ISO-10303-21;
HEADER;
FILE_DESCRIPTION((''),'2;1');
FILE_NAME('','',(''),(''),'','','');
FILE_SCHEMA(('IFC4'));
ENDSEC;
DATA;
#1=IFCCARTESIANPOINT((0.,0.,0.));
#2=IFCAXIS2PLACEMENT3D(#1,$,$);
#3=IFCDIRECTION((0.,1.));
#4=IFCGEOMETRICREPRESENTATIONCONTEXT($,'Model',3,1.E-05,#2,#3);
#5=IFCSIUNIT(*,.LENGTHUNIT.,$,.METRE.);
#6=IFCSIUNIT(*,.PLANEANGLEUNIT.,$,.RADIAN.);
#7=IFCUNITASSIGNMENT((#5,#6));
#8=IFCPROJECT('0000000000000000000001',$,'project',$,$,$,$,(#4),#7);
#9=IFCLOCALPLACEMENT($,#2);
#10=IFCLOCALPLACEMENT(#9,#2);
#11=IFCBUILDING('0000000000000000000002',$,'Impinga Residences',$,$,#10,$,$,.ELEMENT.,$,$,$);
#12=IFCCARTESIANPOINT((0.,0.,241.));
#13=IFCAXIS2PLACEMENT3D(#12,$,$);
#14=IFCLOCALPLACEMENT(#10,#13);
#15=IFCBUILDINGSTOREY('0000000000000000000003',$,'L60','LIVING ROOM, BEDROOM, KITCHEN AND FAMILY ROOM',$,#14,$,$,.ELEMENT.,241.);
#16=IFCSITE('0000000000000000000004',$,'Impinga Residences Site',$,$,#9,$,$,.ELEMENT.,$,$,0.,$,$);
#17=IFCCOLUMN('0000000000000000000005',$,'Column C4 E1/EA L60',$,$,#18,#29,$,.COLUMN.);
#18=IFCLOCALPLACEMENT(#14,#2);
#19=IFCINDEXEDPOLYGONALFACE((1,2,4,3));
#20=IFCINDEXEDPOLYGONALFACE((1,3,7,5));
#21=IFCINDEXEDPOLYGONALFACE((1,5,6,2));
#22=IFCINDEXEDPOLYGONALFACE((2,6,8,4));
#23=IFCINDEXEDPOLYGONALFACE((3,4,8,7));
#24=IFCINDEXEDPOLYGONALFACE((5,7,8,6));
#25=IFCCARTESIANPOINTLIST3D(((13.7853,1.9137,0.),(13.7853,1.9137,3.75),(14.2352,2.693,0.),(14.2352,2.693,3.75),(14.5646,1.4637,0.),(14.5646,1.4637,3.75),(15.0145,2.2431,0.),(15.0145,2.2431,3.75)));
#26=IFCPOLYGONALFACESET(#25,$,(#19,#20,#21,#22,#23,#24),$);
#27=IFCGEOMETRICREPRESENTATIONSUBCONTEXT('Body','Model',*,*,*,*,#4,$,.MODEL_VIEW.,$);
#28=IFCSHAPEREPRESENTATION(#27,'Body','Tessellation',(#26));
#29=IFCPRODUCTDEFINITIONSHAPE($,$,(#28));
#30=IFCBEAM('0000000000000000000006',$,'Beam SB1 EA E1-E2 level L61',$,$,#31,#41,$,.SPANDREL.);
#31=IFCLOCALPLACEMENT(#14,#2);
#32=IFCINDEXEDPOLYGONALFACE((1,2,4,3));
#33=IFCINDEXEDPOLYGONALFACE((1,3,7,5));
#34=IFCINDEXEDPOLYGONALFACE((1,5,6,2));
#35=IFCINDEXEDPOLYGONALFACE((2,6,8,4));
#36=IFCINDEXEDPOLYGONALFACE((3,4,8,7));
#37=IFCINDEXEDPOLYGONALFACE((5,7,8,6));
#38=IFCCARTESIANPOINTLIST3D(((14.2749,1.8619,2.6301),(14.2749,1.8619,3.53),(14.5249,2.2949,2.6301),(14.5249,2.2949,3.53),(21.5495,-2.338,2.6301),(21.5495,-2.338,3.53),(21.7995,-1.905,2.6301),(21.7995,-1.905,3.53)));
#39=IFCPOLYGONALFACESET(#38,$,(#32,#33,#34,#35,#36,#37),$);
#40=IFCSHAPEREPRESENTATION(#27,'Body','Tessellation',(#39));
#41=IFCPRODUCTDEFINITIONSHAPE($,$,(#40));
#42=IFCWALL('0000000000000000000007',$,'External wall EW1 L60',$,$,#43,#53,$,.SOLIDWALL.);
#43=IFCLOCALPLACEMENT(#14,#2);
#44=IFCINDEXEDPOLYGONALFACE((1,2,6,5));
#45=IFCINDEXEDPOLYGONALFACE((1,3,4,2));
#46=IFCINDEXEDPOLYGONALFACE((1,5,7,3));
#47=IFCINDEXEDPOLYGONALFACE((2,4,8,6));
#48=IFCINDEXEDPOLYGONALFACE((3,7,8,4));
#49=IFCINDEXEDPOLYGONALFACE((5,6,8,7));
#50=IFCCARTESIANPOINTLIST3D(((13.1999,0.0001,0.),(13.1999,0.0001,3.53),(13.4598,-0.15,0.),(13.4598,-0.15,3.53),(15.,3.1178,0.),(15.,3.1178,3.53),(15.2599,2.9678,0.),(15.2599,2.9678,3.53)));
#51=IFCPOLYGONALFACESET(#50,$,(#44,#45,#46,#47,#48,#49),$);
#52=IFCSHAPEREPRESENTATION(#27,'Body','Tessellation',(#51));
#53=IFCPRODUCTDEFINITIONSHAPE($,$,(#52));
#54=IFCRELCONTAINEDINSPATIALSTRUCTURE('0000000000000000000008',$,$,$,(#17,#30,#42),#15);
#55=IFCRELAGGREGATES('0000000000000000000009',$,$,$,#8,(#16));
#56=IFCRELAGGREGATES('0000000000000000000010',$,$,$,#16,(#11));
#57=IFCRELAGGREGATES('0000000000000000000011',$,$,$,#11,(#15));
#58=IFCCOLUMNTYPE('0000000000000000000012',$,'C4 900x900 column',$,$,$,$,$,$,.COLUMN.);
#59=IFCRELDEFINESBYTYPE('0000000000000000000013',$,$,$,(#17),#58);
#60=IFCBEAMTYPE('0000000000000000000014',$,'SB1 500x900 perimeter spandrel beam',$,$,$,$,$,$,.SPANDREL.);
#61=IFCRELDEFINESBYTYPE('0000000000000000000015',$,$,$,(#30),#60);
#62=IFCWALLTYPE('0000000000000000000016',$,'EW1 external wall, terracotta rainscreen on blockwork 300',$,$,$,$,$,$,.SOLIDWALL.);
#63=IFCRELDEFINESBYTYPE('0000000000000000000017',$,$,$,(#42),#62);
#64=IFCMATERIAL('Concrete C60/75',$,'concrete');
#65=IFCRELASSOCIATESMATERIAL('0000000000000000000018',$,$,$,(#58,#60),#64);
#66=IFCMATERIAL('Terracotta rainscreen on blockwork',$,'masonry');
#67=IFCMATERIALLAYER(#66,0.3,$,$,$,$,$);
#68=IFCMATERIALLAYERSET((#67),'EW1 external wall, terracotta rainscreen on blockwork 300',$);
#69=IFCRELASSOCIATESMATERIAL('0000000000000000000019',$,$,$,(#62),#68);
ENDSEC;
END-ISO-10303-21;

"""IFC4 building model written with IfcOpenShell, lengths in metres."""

from ifc_helpers import new_model, si_unit, direction, frame, frame_2d, origin, origin_2d, place, context, subcontext, project, spatial, rectangle, extrude, material, layer, layer_set, material_profile, profile_set, type_object, element, save


model = new_model("IFC4")

# Units and contexts
model_context = context("Model", 3, precision=1e-05, world=origin(), true_north=direction((0.0, 1.0)))
body_context = subcontext(model_context, "Body", "Model", "MODEL_VIEW")
ifc_project = project(units=[si_unit("LENGTHUNIT", "METRE"), si_unit("PLANEANGLEUNIT", "RADIAN")], contexts=[model_context])

# Site, building, storey
site_placement = place(None, origin())
site = spatial("IfcSite", under=ifc_project, at=site_placement, Name="Impinga Residences Site", CompositionType="ELEMENT", RefElevation=0.0)
building_placement = place(site_placement, origin())
building = spatial("IfcBuilding", under=site, at=building_placement, Name="Impinga Residences", CompositionType="ELEMENT")
storey_placement = place(building_placement, frame((0.0, 0.0, 241.0)))
storey = spatial("IfcBuildingStorey", under=building, at=storey_placement, Name="L60", Description="LIVING ROOM, BEDROOM, KITCHEN AND FAMILY ROOM", CompositionType="ELEMENT", Elevation=241.0)

# Column
ifc_material_1 = material(Name="Concrete C60/75", Category="concrete")
ifc_material_profile_1 = material_profile(ifc_material_1, rectangle(XDim=0.8999, YDim=0.8999, at=origin_2d()), Name="RC 900x900")
ifc_profile_set_1 = profile_set([ifc_material_profile_1], Name="Concrete C60/75")
column_type = type_object("IfcColumnType", Name="C4 900x900 column", PredefinedType="COLUMN", material=ifc_profile_set_1)
column_placement = place(storey_placement, frame((14.3999, 2.0784, 0.0), z_axis=(0.0, 0.0, 1.0), x_axis=(-0.5, -0.866025, 0.0)))
element("IfcColumn", 1, at=column_placement, inside=storey, type_object=column_type, Name="Column C4 E1/EA L60", PredefinedType="COLUMN", context=body_context, shape_type="SweptSolid", body=[
    extrude(rectangle(XDim=0.8999, YDim=0.8999, at=origin_2d()), origin(), (0.0, 0.0, 1.0), 3.75),
])

# Beam
ifc_material_profile_2 = material_profile(ifc_material_1, rectangle(XDim=0.5, YDim=0.8999, at=origin_2d()), Name="RC 500x900")
ifc_profile_set_2 = profile_set([ifc_material_profile_2], Name="Concrete C60/75")
beam_type = type_object("IfcBeamType", Name="SB1 500x900 perimeter spandrel beam", PredefinedType="SPANDREL", material=ifc_profile_set_2)
beam_placement = place(storey_placement, frame((14.3999, 2.0784, 3.0801), z_axis=(0.866029, -0.499993, 0.0), x_axis=(0.499993, 0.866029, 0.0)))
element("IfcBeam", 2, at=beam_placement, inside=storey, type_object=beam_type, Name="Beam SB1 EA E1-E2 level L61", PredefinedType="SPANDREL", context=body_context, shape_type="SweptSolid", body=[
    extrude(rectangle(XDim=0.5, YDim=0.8999, at=origin_2d()), origin(), (0.0, 0.0, 1.0), 8.3999),
])

# Wall
ifc_material_2 = material(Name="Terracotta rainscreen on blockwork", Category="masonry")
ifc_layer_1 = layer(ifc_material_2, 0.3)
ifc_layer_set_1 = layer_set([ifc_layer_1], Name="EW1 external wall, terracotta rainscreen on blockwork 300")
wall_type_1 = type_object("IfcWallType", Name="EW1 external wall, terracotta rainscreen on blockwork 300", PredefinedType="SOLIDWALL", material=ifc_layer_set_1)
wall_1_placement = place(storey_placement, frame((13.3298, -0.075, 0.0), z_axis=(0.0, 0.0, 1.0), x_axis=(0.500012, 0.866018, 0.0)))
element("IfcWall", 3, at=wall_1_placement, inside=storey, type_object=wall_type_1, Name="External wall EW1 L60", PredefinedType="SOLIDWALL", context=body_context, shape_type="SweptSolid", body=[
    extrude(rectangle(XDim=3.6001, YDim=0.3, at=frame_2d((1.8, 0.0))), origin(), (0.0, 0.0, 1.0), 3.53),
])

save(model, "model.ifc")
